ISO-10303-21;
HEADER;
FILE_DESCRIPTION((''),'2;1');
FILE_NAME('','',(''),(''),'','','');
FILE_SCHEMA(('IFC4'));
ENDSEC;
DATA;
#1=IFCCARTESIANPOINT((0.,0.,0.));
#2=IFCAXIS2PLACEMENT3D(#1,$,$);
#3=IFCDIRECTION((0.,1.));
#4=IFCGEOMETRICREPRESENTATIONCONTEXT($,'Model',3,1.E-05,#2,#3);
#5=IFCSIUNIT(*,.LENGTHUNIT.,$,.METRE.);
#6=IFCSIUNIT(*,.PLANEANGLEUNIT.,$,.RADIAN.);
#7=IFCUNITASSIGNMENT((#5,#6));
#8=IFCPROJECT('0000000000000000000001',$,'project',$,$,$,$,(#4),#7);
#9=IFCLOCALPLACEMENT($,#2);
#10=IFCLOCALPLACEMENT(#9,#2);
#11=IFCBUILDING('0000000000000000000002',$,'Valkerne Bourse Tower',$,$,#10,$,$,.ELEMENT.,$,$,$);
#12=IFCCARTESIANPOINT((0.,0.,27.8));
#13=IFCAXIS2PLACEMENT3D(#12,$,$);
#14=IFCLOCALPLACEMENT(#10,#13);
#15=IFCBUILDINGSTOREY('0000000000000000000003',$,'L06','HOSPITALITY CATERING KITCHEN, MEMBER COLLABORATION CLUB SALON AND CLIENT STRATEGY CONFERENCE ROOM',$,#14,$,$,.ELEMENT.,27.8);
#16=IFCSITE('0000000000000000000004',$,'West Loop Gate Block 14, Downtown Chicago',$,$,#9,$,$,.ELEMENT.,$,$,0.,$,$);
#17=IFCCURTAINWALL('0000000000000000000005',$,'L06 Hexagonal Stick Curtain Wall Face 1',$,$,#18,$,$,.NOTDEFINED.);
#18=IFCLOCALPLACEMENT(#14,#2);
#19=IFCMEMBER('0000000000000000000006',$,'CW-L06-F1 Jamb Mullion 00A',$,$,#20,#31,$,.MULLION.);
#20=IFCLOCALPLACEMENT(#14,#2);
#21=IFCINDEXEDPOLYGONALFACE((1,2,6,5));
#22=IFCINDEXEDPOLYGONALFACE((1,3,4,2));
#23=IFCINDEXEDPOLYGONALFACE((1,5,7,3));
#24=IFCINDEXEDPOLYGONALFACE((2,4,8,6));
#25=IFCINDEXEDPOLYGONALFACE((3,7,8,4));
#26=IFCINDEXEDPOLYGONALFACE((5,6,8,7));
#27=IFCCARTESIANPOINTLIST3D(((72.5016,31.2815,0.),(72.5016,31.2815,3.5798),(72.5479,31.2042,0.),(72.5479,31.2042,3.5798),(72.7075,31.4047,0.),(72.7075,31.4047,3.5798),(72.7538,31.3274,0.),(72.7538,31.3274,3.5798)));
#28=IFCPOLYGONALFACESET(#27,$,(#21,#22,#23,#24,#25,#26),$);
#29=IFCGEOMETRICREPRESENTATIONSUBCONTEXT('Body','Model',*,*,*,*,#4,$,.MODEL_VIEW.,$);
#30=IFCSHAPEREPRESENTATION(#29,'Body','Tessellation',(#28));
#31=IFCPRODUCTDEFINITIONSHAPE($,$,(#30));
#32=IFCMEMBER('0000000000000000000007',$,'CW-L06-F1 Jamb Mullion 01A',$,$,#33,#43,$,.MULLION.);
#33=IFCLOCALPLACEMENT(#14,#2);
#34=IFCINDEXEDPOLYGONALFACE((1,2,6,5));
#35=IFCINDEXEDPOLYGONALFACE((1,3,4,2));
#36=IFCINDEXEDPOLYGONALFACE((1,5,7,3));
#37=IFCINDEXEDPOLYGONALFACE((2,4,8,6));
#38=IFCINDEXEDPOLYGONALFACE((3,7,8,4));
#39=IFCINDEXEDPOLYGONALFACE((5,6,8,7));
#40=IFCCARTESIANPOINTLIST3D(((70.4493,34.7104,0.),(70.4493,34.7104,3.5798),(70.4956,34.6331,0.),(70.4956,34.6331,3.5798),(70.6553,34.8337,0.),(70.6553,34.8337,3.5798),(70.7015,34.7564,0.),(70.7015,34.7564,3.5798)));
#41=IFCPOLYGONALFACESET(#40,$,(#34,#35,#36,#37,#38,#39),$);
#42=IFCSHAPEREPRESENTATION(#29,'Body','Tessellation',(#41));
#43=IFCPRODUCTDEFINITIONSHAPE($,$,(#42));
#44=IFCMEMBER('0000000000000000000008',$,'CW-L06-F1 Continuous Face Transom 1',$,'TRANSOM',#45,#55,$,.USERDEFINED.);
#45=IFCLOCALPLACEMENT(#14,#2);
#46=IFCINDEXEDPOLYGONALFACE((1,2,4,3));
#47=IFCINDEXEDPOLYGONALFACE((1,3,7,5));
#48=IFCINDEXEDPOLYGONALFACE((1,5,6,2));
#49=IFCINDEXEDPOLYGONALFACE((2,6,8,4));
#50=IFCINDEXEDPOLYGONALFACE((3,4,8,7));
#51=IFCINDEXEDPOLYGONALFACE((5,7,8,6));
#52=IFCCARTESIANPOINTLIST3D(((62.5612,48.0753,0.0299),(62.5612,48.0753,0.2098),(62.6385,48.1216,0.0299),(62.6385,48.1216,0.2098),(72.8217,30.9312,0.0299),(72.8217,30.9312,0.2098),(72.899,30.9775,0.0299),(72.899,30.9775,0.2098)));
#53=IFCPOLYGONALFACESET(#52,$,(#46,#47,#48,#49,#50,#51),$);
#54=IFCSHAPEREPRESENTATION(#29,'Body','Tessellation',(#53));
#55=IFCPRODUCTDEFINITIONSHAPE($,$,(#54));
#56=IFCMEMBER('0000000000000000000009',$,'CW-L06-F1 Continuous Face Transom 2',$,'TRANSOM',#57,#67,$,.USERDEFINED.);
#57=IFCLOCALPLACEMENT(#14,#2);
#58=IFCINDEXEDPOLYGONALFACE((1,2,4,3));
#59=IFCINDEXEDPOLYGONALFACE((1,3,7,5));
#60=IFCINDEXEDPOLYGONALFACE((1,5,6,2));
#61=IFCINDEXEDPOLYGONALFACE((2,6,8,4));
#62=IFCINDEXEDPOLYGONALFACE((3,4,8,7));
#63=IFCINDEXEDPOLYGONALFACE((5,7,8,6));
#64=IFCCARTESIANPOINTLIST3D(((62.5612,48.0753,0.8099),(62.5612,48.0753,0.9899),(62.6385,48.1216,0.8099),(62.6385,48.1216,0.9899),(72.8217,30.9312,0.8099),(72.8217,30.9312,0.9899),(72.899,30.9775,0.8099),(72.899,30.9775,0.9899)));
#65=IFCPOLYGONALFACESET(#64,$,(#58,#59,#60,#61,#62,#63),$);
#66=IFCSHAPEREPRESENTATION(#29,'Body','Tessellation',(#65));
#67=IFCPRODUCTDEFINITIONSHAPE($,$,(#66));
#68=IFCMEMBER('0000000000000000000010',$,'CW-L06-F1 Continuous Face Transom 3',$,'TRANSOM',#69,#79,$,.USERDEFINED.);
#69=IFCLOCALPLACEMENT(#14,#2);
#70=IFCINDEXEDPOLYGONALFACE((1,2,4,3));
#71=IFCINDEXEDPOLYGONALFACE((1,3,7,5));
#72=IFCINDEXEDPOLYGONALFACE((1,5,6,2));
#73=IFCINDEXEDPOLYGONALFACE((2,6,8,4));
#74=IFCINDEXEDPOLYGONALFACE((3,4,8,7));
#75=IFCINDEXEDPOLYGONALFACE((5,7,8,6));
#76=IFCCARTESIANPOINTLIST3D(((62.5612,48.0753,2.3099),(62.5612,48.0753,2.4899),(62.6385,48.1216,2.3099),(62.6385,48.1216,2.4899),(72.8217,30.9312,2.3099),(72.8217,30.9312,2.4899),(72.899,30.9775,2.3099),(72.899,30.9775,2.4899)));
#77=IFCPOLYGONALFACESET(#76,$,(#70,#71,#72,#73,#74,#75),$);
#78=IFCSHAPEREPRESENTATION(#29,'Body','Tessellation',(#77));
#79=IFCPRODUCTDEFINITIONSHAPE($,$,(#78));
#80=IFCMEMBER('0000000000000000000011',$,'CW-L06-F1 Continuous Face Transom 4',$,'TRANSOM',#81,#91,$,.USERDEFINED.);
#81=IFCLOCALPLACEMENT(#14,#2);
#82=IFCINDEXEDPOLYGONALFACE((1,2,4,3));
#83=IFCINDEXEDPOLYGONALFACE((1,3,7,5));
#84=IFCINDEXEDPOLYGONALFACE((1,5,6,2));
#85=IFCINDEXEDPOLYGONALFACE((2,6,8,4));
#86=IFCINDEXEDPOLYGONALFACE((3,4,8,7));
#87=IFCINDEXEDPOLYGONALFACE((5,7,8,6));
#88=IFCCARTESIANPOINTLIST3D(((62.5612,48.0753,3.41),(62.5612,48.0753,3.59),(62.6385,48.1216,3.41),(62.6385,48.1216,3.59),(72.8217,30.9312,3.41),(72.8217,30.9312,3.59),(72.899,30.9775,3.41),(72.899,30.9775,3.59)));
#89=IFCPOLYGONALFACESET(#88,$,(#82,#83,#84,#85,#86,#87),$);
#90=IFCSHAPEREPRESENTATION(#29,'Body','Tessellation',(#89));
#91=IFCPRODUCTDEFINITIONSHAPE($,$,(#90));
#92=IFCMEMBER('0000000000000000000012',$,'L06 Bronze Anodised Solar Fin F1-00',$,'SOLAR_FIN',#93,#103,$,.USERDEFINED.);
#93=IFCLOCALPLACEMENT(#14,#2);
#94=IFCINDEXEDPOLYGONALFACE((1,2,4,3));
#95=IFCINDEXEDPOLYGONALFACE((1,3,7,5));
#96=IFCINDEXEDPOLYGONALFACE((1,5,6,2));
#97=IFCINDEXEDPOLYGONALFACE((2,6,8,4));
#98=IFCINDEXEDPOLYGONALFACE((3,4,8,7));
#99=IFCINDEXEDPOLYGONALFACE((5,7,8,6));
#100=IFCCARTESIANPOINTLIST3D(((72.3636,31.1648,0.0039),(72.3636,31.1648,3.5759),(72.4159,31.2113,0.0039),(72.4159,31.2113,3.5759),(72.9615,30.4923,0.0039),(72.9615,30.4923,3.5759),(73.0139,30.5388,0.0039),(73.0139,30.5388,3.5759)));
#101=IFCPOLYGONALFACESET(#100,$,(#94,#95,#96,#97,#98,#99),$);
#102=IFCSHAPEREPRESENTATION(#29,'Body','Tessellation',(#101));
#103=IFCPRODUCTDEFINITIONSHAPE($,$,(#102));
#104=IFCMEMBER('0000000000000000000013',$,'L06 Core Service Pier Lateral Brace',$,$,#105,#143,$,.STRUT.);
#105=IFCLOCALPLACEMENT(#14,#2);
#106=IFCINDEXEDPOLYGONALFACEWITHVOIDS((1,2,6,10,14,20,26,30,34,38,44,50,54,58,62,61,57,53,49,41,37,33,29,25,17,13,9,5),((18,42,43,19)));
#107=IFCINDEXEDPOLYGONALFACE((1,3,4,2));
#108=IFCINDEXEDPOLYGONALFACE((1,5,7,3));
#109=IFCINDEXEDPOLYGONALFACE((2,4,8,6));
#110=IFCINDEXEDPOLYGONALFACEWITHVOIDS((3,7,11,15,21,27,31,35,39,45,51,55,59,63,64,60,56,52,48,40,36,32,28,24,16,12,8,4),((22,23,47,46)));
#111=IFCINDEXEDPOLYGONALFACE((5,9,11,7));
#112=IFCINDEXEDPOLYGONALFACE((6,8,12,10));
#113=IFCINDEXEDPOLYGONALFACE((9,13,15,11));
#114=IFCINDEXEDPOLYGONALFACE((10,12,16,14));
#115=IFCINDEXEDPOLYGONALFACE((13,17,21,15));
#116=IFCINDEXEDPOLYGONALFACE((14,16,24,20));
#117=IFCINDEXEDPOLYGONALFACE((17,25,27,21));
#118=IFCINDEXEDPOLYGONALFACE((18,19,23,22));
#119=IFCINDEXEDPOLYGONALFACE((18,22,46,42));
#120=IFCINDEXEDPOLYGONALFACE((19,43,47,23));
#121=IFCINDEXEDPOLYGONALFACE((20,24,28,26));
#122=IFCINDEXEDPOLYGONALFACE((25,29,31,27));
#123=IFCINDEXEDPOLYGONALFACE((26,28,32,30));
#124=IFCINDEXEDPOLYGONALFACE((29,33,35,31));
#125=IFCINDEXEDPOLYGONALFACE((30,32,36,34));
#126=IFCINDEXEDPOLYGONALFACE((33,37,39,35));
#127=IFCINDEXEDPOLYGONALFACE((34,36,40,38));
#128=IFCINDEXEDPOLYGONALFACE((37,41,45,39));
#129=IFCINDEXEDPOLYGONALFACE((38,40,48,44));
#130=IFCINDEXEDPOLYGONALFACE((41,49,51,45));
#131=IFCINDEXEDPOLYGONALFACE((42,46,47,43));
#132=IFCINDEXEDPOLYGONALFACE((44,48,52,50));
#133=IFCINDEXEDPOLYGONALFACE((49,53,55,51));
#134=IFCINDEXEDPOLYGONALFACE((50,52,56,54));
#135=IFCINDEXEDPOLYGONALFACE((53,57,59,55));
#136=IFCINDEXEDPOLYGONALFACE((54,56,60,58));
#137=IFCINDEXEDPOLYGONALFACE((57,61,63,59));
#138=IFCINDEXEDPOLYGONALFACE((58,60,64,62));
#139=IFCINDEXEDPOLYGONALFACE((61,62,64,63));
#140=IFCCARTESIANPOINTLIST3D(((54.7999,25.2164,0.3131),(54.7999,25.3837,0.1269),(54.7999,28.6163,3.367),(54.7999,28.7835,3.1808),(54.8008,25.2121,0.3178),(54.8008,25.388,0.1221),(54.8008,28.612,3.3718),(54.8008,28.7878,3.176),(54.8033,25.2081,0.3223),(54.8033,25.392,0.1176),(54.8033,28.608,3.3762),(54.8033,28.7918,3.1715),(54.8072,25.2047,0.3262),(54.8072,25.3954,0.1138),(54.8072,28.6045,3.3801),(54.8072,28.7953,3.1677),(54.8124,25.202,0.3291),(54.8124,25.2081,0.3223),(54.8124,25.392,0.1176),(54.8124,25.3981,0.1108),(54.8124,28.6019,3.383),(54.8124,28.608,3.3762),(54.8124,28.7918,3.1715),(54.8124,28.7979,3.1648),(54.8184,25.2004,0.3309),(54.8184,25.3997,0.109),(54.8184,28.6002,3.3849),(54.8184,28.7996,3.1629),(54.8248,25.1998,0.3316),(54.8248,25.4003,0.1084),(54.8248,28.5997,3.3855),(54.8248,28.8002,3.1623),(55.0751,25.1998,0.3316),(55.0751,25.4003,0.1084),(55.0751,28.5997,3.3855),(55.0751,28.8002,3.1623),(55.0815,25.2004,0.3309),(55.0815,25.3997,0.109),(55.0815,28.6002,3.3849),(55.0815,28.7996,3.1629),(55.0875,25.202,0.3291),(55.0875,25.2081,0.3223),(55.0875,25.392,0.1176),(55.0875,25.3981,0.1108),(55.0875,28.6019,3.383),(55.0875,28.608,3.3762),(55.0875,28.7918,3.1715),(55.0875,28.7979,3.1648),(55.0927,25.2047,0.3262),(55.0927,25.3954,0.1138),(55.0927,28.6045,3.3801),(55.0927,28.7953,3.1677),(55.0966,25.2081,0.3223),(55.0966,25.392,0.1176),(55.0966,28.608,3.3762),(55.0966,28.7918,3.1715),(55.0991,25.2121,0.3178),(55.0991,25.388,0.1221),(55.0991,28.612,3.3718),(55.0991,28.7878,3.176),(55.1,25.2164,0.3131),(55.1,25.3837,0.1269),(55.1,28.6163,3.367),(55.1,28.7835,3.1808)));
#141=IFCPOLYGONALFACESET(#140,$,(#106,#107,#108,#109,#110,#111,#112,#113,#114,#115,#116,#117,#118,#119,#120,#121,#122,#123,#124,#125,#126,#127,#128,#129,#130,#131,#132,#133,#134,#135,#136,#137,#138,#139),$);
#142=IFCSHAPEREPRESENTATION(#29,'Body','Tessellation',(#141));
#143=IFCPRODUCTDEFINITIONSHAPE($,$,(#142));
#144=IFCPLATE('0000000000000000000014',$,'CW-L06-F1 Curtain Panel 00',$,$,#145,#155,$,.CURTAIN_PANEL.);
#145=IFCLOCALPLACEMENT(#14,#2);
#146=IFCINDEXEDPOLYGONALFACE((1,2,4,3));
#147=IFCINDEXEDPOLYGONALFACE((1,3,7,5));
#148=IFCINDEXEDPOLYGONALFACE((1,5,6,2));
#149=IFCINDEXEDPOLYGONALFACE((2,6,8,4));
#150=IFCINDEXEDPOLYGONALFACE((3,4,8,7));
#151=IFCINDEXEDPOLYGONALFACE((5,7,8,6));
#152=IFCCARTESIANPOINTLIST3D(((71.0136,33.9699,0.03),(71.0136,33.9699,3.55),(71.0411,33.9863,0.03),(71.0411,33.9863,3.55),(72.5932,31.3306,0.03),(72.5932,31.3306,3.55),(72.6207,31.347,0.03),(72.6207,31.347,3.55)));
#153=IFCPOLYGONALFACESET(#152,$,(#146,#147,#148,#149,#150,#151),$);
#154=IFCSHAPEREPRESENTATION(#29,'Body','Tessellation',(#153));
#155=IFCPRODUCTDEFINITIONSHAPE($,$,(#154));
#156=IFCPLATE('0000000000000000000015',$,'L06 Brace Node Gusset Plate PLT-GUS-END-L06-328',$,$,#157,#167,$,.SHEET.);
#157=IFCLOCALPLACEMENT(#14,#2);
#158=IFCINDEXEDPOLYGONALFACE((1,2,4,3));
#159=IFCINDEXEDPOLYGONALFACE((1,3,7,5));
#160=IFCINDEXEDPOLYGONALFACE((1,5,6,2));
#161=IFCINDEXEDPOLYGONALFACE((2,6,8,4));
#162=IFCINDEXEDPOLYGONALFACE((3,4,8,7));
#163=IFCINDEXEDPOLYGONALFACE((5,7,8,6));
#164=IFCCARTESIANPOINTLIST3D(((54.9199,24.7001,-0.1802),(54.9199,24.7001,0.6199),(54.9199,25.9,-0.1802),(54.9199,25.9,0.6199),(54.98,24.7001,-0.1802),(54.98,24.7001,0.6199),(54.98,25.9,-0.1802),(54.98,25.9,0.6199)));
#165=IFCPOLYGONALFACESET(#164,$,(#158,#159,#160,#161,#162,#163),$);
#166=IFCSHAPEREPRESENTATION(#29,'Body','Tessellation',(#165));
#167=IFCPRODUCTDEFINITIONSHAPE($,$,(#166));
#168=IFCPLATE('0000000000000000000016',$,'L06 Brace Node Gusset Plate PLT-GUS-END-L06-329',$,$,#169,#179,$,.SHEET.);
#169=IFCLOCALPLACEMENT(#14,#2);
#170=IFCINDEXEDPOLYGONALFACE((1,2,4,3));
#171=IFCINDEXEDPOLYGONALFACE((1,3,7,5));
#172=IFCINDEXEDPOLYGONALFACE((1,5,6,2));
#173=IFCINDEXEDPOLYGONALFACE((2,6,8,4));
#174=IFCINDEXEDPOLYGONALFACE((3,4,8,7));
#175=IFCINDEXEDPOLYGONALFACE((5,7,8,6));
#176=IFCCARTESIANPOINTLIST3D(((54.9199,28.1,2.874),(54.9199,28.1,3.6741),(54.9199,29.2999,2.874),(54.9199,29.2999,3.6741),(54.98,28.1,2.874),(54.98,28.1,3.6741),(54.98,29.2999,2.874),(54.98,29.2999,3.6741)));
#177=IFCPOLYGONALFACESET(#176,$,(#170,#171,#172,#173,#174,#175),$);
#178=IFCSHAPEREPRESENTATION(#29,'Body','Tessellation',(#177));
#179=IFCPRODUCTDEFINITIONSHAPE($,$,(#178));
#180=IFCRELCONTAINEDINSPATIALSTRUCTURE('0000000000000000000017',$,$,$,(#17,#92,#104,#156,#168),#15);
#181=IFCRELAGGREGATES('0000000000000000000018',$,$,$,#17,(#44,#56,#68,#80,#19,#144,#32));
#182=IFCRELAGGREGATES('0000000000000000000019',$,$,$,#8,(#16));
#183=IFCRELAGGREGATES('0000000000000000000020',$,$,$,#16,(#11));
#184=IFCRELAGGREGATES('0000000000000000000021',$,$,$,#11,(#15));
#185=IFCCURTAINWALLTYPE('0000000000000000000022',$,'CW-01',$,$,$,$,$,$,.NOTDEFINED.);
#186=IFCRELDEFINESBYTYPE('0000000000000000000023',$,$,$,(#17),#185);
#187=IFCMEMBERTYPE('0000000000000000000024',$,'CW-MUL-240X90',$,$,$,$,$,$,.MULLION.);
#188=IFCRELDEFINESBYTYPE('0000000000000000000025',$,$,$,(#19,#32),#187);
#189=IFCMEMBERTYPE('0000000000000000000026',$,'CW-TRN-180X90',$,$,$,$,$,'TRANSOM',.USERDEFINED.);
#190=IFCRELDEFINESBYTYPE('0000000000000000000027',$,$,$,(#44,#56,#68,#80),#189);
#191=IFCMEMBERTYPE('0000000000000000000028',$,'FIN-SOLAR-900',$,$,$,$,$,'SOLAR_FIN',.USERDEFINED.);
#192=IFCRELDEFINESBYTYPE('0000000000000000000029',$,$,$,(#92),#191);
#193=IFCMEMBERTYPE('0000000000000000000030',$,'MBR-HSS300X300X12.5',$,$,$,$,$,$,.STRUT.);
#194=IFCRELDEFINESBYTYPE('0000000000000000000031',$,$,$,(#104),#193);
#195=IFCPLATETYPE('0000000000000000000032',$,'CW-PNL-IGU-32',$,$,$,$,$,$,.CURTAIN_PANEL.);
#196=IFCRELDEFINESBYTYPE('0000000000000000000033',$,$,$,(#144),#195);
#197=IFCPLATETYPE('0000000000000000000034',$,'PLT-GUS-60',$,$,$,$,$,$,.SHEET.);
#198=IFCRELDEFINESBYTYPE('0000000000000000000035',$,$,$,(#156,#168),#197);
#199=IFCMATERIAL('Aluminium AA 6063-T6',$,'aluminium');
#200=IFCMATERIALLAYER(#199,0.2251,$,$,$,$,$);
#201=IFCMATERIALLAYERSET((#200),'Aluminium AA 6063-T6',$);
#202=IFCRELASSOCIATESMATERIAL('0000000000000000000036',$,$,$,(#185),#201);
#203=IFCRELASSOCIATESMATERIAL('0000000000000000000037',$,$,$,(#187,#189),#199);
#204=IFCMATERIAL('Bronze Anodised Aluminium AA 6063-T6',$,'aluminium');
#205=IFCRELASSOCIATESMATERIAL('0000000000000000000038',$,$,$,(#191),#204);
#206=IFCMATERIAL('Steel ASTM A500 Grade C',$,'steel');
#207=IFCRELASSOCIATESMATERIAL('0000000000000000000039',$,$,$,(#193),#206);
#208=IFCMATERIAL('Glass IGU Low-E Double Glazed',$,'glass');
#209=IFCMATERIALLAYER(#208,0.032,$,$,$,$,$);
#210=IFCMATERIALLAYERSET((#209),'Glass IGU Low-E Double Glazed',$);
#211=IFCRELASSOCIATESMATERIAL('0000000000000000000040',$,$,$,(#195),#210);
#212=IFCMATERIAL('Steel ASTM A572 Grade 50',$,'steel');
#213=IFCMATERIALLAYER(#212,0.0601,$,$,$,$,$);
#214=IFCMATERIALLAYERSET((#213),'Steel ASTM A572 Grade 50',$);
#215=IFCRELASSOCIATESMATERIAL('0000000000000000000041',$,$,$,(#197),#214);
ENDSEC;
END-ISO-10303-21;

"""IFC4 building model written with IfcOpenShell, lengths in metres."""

from ifc_helpers import new_model, si_unit, direction, frame, origin, origin_2d, place, context, subcontext, project, spatial, rectangle, hollow_rectangle, extrude, material, layer, layer_set, material_profile, profile_set, type_object, element, aggregate, save


model = new_model("IFC4")

# Units and contexts
model_context = context("Model", 3, precision=1e-05, world=origin(), true_north=direction((0.0, 1.0)))
body_context = subcontext(model_context, "Body", "Model", "MODEL_VIEW")
ifc_project = project(units=[si_unit("LENGTHUNIT", "METRE"), si_unit("PLANEANGLEUNIT", "RADIAN")], contexts=[model_context])

# Site, building, storey
site_placement = place(None, origin())
site = spatial("IfcSite", under=ifc_project, at=site_placement, Name="West Loop Gate Block 14, Downtown Chicago", CompositionType="ELEMENT", RefElevation=0.0)
building_placement = place(site_placement, origin())
building = spatial("IfcBuilding", under=site, at=building_placement, Name="Valkerne Bourse Tower", CompositionType="ELEMENT")
storey_placement = place(building_placement, frame((0.0, 0.0, 27.8)))
storey = spatial("IfcBuildingStorey", under=building, at=storey_placement, Name="L06", Description="HOSPITALITY CATERING KITCHEN, MEMBER COLLABORATION CLUB SALON AND CLIENT STRATEGY CONFERENCE ROOM", CompositionType="ELEMENT", Elevation=27.8)

# Curtain wall, members
ifc_material_1 = material(Name="Aluminium AA 6063-T6", Category="aluminium")
ifc_layer_1 = layer(ifc_material_1, 0.2251)
ifc_layer_set_1 = layer_set([ifc_layer_1], Name="Aluminium AA 6063-T6")
curtain_wall_type = type_object("IfcCurtainWallType", Name="CW-01", PredefinedType="NOTDEFINED", material=ifc_layer_set_1)
curtain_wall_placement = place(storey_placement, origin())
curtain_wall = element("IfcCurtainWall", 1, at=curtain_wall_placement, inside=storey, type_object=curtain_wall_type, Name="L06 Hexagonal Stick Curtain Wall Face 1", PredefinedType="NOTDEFINED")
ifc_material_profile_1 = material_profile(ifc_material_1, rectangle(XDim=0.0901, YDim=0.24, at=origin_2d()), Name="CWM-90X240")
ifc_profile_set_1 = profile_set([ifc_material_profile_1], Name="Aluminium AA 6063-T6")
member_type_1 = type_object("IfcMemberType", Name="CW-MUL-240X90", PredefinedType="MULLION", material=ifc_profile_set_1)
member_1_placement = place(storey_placement, frame((72.6277, 31.3044, 0.0), z_axis=(0.0, 0.0, 1.0), x_axis=(-0.513542, 0.858064, 0.0)))
member_1 = element("IfcMember", 2, at=member_1_placement, type_object=member_type_1, Name="CW-L06-F1 Jamb Mullion 00A", PredefinedType="MULLION", context=body_context, shape_type="SweptSolid", body=[
    extrude(rectangle(XDim=0.0901, YDim=0.24, at=origin_2d()), origin(), (0.0, 0.0, 1.0), 3.5798),
])
member_2_placement = place(storey_placement, frame((70.5754, 34.7334, 0.0), z_axis=(0.0, 0.0, 1.0), x_axis=(-0.513561, 0.858053, 0.0)))
member_2 = element("IfcMember", 3, at=member_2_placement, type_object=member_type_1, Name="CW-L06-F1 Jamb Mullion 01A", PredefinedType="MULLION", context=body_context, shape_type="SweptSolid", body=[
    extrude(rectangle(XDim=0.0901, YDim=0.24, at=origin_2d()), origin(), (0.0, 0.0, 1.0), 3.5798),
])
ifc_material_profile_2 = material_profile(ifc_material_1, rectangle(XDim=0.0901, YDim=0.1799, at=origin_2d()), Name="CWT-90X180")
ifc_profile_set_2 = profile_set([ifc_material_profile_2], Name="Aluminium AA 6063-T6")
member_type_2 = type_object("IfcMemberType", Name="CW-TRN-180X90", ElementType="TRANSOM", PredefinedType="USERDEFINED", material=ifc_profile_set_2)
member_3_placement = place(storey_placement, frame((72.8604, 30.9543, 0.1199), z_axis=(-0.513541, 0.858065, 0.0), x_axis=(-0.858065, -0.513541, 0.0)))
member_3 = element("IfcMember", 4, at=member_3_placement, type_object=member_type_2, Name="CW-L06-F1 Continuous Face Transom 1", ObjectType="TRANSOM", PredefinedType="USERDEFINED", context=body_context, shape_type="SweptSolid", body=[
    extrude(rectangle(XDim=0.0901, YDim=0.1799, at=origin_2d()), origin(), (0.0, 0.0, 1.0), 19.98),
])
member_4_placement = place(storey_placement, frame((72.8604, 30.9543, 0.8999), z_axis=(-0.513541, 0.858065, 0.0), x_axis=(-0.858065, -0.513541, 0.0)))
member_4 = element("IfcMember", 5, at=member_4_placement, type_object=member_type_2, Name="CW-L06-F1 Continuous Face Transom 2", ObjectType="TRANSOM", PredefinedType="USERDEFINED", context=body_context, shape_type="SweptSolid", body=[
    extrude(rectangle(XDim=0.0901, YDim=0.1799, at=origin_2d()), origin(), (0.0, 0.0, 1.0), 19.98),
])
member_5_placement = place(storey_placement, frame((72.8604, 30.9543, 2.3999), z_axis=(-0.513541, 0.858065, 0.0), x_axis=(-0.858065, -0.513541, 0.0)))
member_5 = element("IfcMember", 6, at=member_5_placement, type_object=member_type_2, Name="CW-L06-F1 Continuous Face Transom 3", ObjectType="TRANSOM", PredefinedType="USERDEFINED", context=body_context, shape_type="SweptSolid", body=[
    extrude(rectangle(XDim=0.0901, YDim=0.1799, at=origin_2d()), origin(), (0.0, 0.0, 1.0), 19.98),
])
member_6_placement = place(storey_placement, frame((72.8604, 30.9543, 3.5), z_axis=(-0.513541, 0.858065, 0.0), x_axis=(-0.858065, -0.513541, 0.0)))
member_6 = element("IfcMember", 7, at=member_6_placement, type_object=member_type_2, Name="CW-L06-F1 Continuous Face Transom 4", ObjectType="TRANSOM", PredefinedType="USERDEFINED", context=body_context, shape_type="SweptSolid", body=[
    extrude(rectangle(XDim=0.0901, YDim=0.1799, at=origin_2d()), origin(), (0.0, 0.0, 1.0), 19.98),
])

# Members
ifc_material_2 = material(Name="Bronze Anodised Aluminium AA 6063-T6", Category="aluminium")
ifc_material_profile_3 = material_profile(ifc_material_2, rectangle(XDim=0.0701, YDim=0.8999, at=origin_2d()), Name="FIN-70X900")
ifc_profile_set_3 = profile_set([ifc_material_profile_3], Name="Bronze Anodised Aluminium AA 6063-T6")
member_type_3 = type_object("IfcMemberType", Name="FIN-SOLAR-900", ElementType="SOLAR_FIN", PredefinedType="USERDEFINED", material=ifc_profile_set_3)
member_7_placement = place(storey_placement, frame((72.6887, 30.8518, 0.0039), z_axis=(0.0, 0.0, 1.0), x_axis=(0.74733, 0.664453, 0.0)))
element("IfcMember", 8, at=member_7_placement, inside=storey, type_object=member_type_3, Name="L06 Bronze Anodised Solar Fin F1-00", ObjectType="SOLAR_FIN", PredefinedType="USERDEFINED", context=body_context, shape_type="SweptSolid", body=[
    extrude(rectangle(XDim=0.0701, YDim=0.8999, at=origin_2d()), origin(), (0.0, 0.0, 1.0), 3.572),
])
ifc_material_3 = material(Name="Steel ASTM A500 Grade C", Category="steel")
ifc_material_profile_4 = material_profile(ifc_material_3, hollow_rectangle(XDim=0.3, YDim=0.3, WallThickness=0.0125, OuterFilletRadius=0.0249, at=origin_2d()), Name="HSS300X300X12.5")
ifc_profile_set_4 = profile_set([ifc_material_profile_4], Name="Steel ASTM A500 Grade C")
member_type_4 = type_object("IfcMemberType", Name="MBR-HSS300X300X12.5", PredefinedType="STRUT", material=ifc_profile_set_4)
member_8_placement = place(storey_placement, frame((54.95, 25.3, 0.22), z_axis=(0.0, 0.743942, 0.668244), x_axis=(-1.0, 0.0, 0.0)))
element("IfcMember", 9, at=member_8_placement, inside=storey, type_object=member_type_4, Name="L06 Core Service Pier Lateral Brace", PredefinedType="STRUT", context=body_context, shape_type="SweptSolid", body=[
    extrude(hollow_rectangle(XDim=0.3, YDim=0.3, WallThickness=0.0125, OuterFilletRadius=0.0249, at=origin_2d()), origin(), (0.0, 0.0, 1.0), 4.5701),
])

# Plate
ifc_material_4 = material(Name="Glass IGU Low-E Double Glazed", Category="glass")
ifc_layer_2 = layer(ifc_material_4, 0.032)
ifc_layer_set_2 = layer_set([ifc_layer_2], Name="Glass IGU Low-E Double Glazed")
plate_type_1 = type_object("IfcPlateType", Name="CW-PNL-IGU-32", PredefinedType="CURTAIN_PANEL", material=ifc_layer_set_2)
plate_placement = place(storey_placement, frame((71.8171, 32.6584, 0.03), z_axis=(0.0, 0.0, 1.0), x_axis=(-0.513542, 0.858064, 0.0)))
plate = element("IfcPlate", 10, at=plate_placement, type_object=plate_type_1, Name="CW-L06-F1 Curtain Panel 00", PredefinedType="CURTAIN_PANEL", context=body_context, shape_type="SweptSolid", body=[
    extrude(rectangle(XDim=3.0759, YDim=0.032, at=origin_2d()), origin(), (0.0, 0.0, 1.0), 3.52),
])
aggregate(curtain_wall, [member_3, member_4, member_5, member_6, member_1, plate, member_2])

# Plates
ifc_material_5 = material(Name="Steel ASTM A572 Grade 50", Category="steel")
ifc_layer_3 = layer(ifc_material_5, 0.0601)
ifc_layer_set_3 = layer_set([ifc_layer_3], Name="Steel ASTM A572 Grade 50")
plate_type_2 = type_object("IfcPlateType", Name="PLT-GUS-60", PredefinedType="SHEET", material=ifc_layer_set_3)
for number, where, z_axis, x_axis, name in (
    (11, (54.95, 25.3, -0.1802), (0.0, 0.0, 1.0), (0.0, 1.0, 0.0), "L06 Brace Node Gusset Plate PLT-GUS-END-L06-328"),
    (12, (54.95, 28.7, 2.874), (0.0, 0.0, 1.0), (0.0, 1.0, 0.0), "L06 Brace Node Gusset Plate PLT-GUS-END-L06-329"),
):
    element("IfcPlate", number, at=place(storey_placement, frame(where, z_axis=z_axis, x_axis=x_axis)), inside=storey, type_object=plate_type_2, Name=name, PredefinedType="SHEET", context=body_context, shape_type="SweptSolid", body=[
        extrude(rectangle(XDim=1.2, YDim=0.0601, at=origin_2d()), origin(), (0.0, 0.0, 1.0), 0.8),
    ])

save(model, "model.ifc")
